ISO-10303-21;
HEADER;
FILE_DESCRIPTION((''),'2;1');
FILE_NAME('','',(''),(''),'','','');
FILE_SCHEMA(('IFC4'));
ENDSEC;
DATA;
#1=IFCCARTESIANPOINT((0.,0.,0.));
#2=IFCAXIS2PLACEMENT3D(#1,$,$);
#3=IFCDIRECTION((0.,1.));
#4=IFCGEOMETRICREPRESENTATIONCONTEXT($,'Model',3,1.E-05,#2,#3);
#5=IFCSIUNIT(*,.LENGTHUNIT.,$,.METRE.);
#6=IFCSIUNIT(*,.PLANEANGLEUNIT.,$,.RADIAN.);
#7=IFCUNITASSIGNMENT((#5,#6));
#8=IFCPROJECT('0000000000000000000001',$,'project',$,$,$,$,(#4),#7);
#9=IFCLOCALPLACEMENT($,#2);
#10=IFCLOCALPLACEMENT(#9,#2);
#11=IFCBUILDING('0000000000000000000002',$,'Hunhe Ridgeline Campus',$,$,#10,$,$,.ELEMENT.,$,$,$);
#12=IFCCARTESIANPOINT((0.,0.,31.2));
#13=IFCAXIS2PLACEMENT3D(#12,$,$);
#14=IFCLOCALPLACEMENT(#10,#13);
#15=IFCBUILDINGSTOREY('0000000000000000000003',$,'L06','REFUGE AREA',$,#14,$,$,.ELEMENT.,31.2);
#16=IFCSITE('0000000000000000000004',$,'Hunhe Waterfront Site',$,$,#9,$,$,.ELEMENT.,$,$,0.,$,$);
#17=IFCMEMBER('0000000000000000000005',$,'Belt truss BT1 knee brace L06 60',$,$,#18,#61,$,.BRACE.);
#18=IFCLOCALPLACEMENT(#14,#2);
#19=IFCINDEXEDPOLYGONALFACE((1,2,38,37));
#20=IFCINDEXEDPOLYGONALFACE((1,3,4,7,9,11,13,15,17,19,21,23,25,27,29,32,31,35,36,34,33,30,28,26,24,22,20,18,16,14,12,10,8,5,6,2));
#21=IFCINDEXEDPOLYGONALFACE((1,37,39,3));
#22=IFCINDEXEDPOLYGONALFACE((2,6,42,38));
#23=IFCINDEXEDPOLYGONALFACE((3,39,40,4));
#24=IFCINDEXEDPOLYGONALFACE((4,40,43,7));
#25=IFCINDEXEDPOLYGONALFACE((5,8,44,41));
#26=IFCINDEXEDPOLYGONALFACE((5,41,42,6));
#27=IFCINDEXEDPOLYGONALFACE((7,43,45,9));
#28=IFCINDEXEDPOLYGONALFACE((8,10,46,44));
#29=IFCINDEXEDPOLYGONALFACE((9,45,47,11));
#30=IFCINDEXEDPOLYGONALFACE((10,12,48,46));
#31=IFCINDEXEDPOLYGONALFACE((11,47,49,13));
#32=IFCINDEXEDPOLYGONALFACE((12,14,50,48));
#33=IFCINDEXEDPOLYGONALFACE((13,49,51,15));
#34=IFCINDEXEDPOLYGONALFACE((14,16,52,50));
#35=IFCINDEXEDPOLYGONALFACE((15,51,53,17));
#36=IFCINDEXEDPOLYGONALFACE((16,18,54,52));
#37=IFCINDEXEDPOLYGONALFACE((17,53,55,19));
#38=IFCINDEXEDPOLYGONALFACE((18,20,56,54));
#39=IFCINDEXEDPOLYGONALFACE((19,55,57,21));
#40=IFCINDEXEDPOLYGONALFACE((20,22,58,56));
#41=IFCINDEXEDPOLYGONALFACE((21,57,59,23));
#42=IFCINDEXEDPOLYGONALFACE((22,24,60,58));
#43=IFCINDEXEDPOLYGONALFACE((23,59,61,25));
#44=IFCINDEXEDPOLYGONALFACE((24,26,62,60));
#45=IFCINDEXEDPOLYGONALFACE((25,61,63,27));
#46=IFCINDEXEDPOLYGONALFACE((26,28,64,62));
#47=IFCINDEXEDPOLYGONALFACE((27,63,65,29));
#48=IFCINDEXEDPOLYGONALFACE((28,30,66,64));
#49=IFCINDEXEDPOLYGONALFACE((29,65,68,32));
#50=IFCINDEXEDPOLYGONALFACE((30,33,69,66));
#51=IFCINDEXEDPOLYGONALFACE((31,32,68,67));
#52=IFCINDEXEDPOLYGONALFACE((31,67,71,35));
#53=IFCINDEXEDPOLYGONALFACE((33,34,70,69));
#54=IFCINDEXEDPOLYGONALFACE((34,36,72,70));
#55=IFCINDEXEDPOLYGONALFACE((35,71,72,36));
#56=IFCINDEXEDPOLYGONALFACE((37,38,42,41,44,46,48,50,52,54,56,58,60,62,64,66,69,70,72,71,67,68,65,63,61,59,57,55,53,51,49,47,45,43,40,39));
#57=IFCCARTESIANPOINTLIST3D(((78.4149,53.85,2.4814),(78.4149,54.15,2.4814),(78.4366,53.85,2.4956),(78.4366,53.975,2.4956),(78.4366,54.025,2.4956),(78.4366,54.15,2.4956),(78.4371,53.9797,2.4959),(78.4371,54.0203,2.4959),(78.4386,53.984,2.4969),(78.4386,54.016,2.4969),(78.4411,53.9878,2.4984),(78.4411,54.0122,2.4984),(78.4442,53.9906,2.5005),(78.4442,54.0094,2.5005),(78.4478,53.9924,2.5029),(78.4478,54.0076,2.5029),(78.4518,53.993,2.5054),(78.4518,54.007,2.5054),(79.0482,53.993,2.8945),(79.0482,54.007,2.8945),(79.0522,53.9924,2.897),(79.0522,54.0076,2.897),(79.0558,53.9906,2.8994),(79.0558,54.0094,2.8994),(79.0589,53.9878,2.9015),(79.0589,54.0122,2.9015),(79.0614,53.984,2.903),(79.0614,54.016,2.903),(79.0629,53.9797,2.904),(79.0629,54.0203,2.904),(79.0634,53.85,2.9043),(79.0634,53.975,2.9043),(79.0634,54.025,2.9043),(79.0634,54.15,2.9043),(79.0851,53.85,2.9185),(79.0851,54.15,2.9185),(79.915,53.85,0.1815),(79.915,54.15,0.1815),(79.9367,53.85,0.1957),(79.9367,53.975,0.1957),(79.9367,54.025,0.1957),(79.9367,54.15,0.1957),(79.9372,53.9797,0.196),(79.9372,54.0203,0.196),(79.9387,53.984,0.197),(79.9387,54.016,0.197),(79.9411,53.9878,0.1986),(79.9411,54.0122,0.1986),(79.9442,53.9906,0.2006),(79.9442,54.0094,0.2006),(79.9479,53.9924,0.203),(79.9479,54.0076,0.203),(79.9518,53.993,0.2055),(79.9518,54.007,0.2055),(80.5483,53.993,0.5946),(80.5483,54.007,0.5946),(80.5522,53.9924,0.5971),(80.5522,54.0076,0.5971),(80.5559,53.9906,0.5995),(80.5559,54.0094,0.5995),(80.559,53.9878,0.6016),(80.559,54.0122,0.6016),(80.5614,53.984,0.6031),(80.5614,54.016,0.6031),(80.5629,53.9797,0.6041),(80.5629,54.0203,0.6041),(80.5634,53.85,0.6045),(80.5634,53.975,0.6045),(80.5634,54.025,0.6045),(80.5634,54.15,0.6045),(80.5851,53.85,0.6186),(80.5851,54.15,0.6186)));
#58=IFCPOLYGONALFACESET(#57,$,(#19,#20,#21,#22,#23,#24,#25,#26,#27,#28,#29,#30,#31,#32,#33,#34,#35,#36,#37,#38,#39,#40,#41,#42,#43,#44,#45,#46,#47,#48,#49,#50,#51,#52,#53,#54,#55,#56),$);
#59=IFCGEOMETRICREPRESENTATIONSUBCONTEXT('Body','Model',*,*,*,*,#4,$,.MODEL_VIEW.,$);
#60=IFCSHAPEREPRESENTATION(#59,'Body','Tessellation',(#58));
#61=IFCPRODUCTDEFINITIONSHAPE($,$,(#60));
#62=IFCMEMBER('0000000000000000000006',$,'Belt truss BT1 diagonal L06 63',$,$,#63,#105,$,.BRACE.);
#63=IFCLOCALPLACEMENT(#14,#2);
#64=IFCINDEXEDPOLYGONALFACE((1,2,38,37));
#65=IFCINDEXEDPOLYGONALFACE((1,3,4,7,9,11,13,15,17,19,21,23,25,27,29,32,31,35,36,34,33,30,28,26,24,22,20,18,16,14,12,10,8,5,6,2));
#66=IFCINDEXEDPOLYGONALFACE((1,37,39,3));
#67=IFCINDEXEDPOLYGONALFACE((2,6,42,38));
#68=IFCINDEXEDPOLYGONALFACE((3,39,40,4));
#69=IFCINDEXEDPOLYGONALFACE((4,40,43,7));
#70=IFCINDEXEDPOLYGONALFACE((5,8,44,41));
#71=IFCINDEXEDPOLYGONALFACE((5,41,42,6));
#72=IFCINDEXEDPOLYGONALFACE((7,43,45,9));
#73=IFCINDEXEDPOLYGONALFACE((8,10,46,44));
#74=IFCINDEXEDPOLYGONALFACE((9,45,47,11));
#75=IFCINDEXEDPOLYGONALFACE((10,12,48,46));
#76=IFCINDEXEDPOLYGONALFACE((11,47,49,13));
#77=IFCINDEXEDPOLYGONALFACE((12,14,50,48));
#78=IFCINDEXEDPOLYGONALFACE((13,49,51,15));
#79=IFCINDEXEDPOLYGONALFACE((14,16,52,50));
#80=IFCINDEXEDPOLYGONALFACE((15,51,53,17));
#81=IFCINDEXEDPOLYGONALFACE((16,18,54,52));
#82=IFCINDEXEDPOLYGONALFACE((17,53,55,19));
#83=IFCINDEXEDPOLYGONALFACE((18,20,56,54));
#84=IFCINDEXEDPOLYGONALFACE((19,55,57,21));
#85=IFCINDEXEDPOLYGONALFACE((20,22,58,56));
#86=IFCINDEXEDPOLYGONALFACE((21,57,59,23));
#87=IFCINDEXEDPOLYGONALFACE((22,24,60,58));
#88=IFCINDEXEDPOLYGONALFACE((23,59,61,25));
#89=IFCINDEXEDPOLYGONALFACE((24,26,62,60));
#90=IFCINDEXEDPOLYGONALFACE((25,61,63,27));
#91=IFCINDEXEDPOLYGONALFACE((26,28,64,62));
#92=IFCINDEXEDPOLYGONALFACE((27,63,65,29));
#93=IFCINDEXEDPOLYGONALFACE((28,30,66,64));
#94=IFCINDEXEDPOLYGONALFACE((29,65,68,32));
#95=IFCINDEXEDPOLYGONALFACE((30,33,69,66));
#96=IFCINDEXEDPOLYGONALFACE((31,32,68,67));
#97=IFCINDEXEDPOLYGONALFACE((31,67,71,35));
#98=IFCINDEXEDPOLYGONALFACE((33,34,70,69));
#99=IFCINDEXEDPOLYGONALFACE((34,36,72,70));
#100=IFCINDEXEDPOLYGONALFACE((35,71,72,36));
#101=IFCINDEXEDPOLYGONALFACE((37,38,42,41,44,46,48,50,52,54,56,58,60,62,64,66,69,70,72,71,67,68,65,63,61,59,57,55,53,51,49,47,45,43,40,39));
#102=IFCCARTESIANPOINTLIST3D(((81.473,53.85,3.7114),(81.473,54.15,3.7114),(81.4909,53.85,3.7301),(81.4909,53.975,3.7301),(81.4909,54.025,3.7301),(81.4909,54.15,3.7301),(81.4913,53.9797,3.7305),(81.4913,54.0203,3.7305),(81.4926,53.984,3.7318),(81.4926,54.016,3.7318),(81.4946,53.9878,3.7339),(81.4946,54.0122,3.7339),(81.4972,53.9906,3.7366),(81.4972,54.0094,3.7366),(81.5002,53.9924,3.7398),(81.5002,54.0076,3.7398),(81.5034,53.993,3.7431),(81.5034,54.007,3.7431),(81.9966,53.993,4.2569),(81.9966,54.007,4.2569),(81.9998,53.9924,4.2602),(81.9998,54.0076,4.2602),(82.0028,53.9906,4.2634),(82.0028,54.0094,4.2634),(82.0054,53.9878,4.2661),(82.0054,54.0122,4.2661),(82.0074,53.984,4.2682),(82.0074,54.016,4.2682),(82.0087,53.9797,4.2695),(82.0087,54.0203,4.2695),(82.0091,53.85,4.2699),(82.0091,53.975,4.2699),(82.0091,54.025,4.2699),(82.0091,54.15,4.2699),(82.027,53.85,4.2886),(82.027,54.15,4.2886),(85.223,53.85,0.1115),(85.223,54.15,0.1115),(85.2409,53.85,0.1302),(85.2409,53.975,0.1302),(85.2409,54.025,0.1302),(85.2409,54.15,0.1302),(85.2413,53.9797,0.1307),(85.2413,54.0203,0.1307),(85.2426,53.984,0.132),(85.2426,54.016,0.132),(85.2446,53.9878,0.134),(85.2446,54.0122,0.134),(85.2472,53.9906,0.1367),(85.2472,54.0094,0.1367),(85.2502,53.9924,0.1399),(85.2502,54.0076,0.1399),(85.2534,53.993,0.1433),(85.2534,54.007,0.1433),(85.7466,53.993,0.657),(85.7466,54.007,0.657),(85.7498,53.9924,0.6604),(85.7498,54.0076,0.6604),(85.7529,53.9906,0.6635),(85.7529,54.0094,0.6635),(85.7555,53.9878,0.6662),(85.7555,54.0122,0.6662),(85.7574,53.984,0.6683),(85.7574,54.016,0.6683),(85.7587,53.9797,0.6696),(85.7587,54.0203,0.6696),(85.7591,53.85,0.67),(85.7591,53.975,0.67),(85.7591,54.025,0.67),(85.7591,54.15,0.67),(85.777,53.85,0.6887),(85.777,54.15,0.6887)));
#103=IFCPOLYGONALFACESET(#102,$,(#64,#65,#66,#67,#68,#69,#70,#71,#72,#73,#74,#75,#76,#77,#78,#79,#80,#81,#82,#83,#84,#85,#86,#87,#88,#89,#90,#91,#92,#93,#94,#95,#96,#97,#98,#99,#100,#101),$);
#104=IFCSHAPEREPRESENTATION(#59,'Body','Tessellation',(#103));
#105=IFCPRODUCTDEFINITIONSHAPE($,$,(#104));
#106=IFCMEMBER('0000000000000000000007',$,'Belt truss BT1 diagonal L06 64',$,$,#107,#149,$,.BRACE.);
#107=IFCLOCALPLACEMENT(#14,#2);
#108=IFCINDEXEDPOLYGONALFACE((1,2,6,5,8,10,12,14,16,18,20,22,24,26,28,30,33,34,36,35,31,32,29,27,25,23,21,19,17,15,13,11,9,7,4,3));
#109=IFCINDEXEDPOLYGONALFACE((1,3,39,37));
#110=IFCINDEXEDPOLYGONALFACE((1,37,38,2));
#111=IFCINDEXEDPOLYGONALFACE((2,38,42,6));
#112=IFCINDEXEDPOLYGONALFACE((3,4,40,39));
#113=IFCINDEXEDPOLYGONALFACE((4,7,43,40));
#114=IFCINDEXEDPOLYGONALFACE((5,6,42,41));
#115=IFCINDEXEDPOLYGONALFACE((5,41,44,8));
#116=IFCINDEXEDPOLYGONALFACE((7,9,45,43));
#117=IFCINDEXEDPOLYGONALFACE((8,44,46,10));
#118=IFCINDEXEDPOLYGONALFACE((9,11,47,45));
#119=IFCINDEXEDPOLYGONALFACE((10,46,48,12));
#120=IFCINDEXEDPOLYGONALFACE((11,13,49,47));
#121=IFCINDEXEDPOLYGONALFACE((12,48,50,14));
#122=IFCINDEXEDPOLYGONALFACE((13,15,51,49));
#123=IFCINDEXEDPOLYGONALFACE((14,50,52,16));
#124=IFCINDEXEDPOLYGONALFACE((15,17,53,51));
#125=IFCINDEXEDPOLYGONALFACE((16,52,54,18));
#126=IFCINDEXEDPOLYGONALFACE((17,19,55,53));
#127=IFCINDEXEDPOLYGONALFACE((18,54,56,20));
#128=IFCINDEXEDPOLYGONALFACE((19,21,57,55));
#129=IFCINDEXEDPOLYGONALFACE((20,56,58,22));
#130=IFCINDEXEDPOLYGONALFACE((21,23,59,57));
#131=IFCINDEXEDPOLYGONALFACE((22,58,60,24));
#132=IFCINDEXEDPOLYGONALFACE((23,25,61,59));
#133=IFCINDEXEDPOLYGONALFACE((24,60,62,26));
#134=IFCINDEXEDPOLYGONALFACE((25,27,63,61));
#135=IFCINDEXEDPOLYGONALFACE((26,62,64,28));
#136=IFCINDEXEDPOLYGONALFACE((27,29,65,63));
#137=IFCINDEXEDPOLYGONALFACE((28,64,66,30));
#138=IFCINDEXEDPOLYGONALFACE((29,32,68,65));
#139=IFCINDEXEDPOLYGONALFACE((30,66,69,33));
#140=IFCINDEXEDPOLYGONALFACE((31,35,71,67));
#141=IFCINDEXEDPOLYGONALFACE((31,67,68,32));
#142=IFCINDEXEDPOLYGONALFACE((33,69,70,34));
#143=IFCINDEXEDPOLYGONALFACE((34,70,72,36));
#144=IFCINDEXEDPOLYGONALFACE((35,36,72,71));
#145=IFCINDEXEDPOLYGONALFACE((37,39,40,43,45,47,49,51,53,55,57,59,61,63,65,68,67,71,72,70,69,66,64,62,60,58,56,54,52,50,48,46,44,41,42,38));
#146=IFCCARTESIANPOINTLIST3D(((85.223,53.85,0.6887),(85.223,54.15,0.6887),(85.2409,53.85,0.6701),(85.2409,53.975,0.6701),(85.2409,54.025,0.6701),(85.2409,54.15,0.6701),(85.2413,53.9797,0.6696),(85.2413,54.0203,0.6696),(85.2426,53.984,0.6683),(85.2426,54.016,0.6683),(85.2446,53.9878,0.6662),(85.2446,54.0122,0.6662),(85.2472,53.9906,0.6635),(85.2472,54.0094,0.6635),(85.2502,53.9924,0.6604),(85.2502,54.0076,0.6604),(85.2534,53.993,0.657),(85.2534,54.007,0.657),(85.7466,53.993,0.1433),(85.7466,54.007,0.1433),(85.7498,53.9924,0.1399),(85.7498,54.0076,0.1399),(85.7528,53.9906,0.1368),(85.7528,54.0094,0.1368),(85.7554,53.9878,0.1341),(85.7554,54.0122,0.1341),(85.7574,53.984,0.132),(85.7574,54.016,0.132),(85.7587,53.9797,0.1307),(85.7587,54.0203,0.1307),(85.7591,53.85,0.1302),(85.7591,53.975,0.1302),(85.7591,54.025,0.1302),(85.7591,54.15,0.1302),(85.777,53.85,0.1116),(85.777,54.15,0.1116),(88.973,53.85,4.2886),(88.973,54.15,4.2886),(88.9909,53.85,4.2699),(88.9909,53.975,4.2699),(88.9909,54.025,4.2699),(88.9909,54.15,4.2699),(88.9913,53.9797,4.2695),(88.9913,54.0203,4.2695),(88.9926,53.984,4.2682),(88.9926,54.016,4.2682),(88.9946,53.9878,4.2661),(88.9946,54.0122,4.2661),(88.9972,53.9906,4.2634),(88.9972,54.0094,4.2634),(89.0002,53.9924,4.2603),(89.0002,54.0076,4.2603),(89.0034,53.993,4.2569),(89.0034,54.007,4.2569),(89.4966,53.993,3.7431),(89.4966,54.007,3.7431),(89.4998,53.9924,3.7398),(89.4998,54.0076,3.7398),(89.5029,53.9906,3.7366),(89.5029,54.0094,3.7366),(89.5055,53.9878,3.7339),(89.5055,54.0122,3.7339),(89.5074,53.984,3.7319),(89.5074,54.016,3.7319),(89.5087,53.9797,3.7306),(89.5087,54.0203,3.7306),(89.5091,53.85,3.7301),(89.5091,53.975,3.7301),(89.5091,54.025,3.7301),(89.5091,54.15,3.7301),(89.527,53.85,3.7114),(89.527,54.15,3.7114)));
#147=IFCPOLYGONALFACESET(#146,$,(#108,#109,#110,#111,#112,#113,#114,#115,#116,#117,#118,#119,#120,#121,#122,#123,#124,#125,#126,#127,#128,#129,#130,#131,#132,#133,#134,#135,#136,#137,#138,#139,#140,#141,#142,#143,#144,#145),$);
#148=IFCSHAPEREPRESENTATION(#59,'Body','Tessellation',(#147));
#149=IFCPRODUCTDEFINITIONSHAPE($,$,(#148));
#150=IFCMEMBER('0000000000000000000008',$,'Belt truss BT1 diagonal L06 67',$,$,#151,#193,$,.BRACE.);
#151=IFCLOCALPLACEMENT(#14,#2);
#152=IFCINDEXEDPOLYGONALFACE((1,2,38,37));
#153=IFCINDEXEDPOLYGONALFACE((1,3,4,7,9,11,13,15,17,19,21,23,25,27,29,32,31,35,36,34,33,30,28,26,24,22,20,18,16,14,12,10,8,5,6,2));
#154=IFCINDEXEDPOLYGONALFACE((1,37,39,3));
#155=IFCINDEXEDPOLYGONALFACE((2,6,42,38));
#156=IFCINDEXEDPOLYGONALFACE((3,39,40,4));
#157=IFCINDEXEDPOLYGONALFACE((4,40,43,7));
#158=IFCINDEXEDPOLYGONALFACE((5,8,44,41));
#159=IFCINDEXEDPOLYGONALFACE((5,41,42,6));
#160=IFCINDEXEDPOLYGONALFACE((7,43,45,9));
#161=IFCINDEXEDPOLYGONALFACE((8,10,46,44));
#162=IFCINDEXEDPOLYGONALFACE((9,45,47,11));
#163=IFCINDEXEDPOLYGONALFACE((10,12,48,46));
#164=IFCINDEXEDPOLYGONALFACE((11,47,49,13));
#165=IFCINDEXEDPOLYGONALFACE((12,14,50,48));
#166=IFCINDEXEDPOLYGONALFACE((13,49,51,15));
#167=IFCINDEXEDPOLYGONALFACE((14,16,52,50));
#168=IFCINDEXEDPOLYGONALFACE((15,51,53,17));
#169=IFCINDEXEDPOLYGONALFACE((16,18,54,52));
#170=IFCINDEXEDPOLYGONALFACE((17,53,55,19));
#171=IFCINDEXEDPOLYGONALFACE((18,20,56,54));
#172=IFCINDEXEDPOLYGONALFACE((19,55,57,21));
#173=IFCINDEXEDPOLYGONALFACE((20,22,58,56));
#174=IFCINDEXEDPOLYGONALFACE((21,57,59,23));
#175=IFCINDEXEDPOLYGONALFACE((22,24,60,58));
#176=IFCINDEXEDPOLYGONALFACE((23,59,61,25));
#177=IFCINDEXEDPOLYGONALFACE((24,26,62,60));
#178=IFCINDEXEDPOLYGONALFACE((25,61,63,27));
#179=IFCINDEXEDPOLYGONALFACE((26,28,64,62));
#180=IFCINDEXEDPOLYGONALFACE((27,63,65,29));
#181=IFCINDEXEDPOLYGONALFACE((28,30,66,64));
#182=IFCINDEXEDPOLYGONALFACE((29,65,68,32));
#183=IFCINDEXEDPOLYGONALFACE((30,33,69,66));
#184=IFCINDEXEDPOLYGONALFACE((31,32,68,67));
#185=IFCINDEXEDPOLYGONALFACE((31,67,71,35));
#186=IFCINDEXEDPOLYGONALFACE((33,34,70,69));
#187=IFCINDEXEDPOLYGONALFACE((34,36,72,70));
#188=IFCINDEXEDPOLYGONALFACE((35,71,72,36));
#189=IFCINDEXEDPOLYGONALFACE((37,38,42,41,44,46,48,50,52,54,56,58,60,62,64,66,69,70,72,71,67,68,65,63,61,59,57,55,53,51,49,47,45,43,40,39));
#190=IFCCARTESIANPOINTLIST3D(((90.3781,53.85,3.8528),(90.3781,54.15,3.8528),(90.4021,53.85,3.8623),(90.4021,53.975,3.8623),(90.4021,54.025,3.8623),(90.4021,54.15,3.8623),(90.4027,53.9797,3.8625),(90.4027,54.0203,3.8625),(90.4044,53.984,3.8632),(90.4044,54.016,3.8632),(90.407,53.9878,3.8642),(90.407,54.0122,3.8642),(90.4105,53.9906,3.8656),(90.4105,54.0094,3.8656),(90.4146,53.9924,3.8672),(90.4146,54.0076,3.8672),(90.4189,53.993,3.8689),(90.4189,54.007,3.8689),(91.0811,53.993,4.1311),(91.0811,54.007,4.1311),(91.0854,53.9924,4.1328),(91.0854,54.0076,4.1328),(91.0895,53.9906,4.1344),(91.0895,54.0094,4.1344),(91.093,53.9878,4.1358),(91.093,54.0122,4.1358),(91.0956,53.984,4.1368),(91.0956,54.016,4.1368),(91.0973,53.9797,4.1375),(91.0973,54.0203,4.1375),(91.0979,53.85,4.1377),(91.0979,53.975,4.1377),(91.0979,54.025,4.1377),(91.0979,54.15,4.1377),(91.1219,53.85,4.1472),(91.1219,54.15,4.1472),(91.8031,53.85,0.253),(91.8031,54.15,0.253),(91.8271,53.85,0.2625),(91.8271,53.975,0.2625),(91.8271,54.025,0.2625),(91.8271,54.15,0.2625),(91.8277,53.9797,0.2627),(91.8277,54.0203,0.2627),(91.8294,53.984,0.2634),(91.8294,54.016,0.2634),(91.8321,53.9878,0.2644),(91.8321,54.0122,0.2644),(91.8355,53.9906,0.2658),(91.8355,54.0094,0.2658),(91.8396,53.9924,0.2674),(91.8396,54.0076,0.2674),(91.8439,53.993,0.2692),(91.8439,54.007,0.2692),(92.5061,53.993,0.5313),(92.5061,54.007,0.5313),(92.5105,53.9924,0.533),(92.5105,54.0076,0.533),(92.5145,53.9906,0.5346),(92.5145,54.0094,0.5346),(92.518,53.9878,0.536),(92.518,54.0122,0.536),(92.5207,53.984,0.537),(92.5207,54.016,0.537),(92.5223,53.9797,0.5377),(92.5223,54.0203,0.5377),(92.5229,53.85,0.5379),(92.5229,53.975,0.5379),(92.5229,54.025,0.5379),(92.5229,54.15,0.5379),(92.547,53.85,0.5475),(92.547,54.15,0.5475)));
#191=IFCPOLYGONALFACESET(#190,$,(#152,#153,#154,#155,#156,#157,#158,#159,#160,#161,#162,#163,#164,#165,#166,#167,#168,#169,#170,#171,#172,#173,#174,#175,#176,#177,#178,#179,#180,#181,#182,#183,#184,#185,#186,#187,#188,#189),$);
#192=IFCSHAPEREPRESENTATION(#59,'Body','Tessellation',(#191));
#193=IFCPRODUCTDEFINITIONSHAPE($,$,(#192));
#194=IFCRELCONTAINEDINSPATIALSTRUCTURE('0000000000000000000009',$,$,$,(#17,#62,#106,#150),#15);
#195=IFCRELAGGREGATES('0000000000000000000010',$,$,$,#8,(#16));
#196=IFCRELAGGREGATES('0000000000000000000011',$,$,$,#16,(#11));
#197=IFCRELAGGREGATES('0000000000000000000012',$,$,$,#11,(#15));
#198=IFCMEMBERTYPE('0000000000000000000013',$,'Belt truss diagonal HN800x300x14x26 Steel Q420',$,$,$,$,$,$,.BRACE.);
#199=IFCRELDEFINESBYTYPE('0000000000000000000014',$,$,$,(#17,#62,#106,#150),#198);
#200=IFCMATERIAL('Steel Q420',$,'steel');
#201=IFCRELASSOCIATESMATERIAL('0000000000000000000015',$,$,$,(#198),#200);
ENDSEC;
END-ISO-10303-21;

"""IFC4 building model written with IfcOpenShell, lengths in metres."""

from ifc_helpers import new_model, si_unit, direction, frame, origin, origin_2d, place, context, subcontext, project, spatial, i_section, extrude, material, material_profile, profile_set, type_object, element, save


model = new_model("IFC4")

# Units and contexts
model_context = context("Model", 3, precision=1e-05, world=origin(), true_north=direction((0.0, 1.0)))
body_context = subcontext(model_context, "Body", "Model", "MODEL_VIEW")
ifc_project = project(units=[si_unit("LENGTHUNIT", "METRE"), si_unit("PLANEANGLEUNIT", "RADIAN")], contexts=[model_context])

# Site, building, storey
site_placement = place(None, origin())
site = spatial("IfcSite", under=ifc_project, at=site_placement, Name="Hunhe Waterfront Site", CompositionType="ELEMENT", RefElevation=0.0)
building_placement = place(site_placement, origin())
building = spatial("IfcBuilding", under=site, at=building_placement, Name="Hunhe Ridgeline Campus", CompositionType="ELEMENT")
storey_placement = place(building_placement, frame((0.0, 0.0, 31.2)))
storey = spatial("IfcBuildingStorey", under=building, at=storey_placement, Name="L06", Description="REFUGE AREA", CompositionType="ELEMENT", Elevation=31.2)

# Members
ifc_material_1 = material(Name="Steel Q420", Category="steel")
ifc_material_profile_1 = material_profile(ifc_material_1, i_section(OverallWidth=0.3, OverallDepth=0.8, WebThickness=0.0139, FlangeThickness=0.0259, FilletRadius=0.0181, at=origin_2d()))
ifc_profile_set_1 = profile_set([ifc_material_profile_1], Name="Steel Q420")
member_type_1 = type_object("IfcMemberType", Name="Belt truss diagonal HN800x300x14x26 Steel Q420", PredefinedType="BRACE", material=ifc_profile_set_1)
for number, where, z_axis, x_axis, name in (
    (1, (78.75, 54.0, 2.7), (0.5463, 0.0, -0.837589), (0.0, 1.0, 0.0), "Belt truss BT1 knee brace L06 60"),
):
    element("IfcMember", number, at=place(storey_placement, frame(where, z_axis=z_axis, x_axis=x_axis)), inside=storey, type_object=member_type_1, Name=name, PredefinedType="BRACE", context=body_context, shape_type="SweptSolid", body=[
        extrude(i_section(OverallWidth=0.3, OverallDepth=0.8, WebThickness=0.0139, FlangeThickness=0.0259, FilletRadius=0.0181, at=origin_2d()), origin(), (0.0, 0.0, 1.0), 2.7458),
    ])
for number, where, z_axis, x_axis, name in (
    (2, (81.75, 54.0, 4.0), (0.721401, 0.0, -0.692517), (0.0, 1.0, 0.0), "Belt truss BT1 diagonal L06 63"),
    (3, (85.5, 54.0, 0.4001), (0.721401, 0.0, 0.692517), (0.0, 1.0, 0.0), "Belt truss BT1 diagonal L06 64"),
):
    element("IfcMember", number, at=place(storey_placement, frame(where, z_axis=z_axis, x_axis=x_axis)), inside=storey, type_object=member_type_1, Name=name, PredefinedType="BRACE", context=body_context, shape_type="SweptSolid", body=[
        extrude(i_section(OverallWidth=0.3, OverallDepth=0.8, WebThickness=0.0139, FlangeThickness=0.0259, FilletRadius=0.0181, at=origin_2d()), origin(), (0.0, 0.0, 1.0), 5.1982),
    ])
for number, where, z_axis, x_axis, name in (
    (4, (90.75, 54.0, 4.0), (0.368072, 0.0, -0.929797), (0.0, 1.0, 0.0), "Belt truss BT1 diagonal L06 67"),
):
    element("IfcMember", number, at=place(storey_placement, frame(where, z_axis=z_axis, x_axis=x_axis)), inside=storey, type_object=member_type_1, Name=name, PredefinedType="BRACE", context=body_context, shape_type="SweptSolid", body=[
        extrude(i_section(OverallWidth=0.3, OverallDepth=0.8, WebThickness=0.0139, FlangeThickness=0.0259, FilletRadius=0.0181, at=origin_2d()), origin(), (0.0, 0.0, 1.0), 3.8716),
    ])

save(model, "model.ifc")
